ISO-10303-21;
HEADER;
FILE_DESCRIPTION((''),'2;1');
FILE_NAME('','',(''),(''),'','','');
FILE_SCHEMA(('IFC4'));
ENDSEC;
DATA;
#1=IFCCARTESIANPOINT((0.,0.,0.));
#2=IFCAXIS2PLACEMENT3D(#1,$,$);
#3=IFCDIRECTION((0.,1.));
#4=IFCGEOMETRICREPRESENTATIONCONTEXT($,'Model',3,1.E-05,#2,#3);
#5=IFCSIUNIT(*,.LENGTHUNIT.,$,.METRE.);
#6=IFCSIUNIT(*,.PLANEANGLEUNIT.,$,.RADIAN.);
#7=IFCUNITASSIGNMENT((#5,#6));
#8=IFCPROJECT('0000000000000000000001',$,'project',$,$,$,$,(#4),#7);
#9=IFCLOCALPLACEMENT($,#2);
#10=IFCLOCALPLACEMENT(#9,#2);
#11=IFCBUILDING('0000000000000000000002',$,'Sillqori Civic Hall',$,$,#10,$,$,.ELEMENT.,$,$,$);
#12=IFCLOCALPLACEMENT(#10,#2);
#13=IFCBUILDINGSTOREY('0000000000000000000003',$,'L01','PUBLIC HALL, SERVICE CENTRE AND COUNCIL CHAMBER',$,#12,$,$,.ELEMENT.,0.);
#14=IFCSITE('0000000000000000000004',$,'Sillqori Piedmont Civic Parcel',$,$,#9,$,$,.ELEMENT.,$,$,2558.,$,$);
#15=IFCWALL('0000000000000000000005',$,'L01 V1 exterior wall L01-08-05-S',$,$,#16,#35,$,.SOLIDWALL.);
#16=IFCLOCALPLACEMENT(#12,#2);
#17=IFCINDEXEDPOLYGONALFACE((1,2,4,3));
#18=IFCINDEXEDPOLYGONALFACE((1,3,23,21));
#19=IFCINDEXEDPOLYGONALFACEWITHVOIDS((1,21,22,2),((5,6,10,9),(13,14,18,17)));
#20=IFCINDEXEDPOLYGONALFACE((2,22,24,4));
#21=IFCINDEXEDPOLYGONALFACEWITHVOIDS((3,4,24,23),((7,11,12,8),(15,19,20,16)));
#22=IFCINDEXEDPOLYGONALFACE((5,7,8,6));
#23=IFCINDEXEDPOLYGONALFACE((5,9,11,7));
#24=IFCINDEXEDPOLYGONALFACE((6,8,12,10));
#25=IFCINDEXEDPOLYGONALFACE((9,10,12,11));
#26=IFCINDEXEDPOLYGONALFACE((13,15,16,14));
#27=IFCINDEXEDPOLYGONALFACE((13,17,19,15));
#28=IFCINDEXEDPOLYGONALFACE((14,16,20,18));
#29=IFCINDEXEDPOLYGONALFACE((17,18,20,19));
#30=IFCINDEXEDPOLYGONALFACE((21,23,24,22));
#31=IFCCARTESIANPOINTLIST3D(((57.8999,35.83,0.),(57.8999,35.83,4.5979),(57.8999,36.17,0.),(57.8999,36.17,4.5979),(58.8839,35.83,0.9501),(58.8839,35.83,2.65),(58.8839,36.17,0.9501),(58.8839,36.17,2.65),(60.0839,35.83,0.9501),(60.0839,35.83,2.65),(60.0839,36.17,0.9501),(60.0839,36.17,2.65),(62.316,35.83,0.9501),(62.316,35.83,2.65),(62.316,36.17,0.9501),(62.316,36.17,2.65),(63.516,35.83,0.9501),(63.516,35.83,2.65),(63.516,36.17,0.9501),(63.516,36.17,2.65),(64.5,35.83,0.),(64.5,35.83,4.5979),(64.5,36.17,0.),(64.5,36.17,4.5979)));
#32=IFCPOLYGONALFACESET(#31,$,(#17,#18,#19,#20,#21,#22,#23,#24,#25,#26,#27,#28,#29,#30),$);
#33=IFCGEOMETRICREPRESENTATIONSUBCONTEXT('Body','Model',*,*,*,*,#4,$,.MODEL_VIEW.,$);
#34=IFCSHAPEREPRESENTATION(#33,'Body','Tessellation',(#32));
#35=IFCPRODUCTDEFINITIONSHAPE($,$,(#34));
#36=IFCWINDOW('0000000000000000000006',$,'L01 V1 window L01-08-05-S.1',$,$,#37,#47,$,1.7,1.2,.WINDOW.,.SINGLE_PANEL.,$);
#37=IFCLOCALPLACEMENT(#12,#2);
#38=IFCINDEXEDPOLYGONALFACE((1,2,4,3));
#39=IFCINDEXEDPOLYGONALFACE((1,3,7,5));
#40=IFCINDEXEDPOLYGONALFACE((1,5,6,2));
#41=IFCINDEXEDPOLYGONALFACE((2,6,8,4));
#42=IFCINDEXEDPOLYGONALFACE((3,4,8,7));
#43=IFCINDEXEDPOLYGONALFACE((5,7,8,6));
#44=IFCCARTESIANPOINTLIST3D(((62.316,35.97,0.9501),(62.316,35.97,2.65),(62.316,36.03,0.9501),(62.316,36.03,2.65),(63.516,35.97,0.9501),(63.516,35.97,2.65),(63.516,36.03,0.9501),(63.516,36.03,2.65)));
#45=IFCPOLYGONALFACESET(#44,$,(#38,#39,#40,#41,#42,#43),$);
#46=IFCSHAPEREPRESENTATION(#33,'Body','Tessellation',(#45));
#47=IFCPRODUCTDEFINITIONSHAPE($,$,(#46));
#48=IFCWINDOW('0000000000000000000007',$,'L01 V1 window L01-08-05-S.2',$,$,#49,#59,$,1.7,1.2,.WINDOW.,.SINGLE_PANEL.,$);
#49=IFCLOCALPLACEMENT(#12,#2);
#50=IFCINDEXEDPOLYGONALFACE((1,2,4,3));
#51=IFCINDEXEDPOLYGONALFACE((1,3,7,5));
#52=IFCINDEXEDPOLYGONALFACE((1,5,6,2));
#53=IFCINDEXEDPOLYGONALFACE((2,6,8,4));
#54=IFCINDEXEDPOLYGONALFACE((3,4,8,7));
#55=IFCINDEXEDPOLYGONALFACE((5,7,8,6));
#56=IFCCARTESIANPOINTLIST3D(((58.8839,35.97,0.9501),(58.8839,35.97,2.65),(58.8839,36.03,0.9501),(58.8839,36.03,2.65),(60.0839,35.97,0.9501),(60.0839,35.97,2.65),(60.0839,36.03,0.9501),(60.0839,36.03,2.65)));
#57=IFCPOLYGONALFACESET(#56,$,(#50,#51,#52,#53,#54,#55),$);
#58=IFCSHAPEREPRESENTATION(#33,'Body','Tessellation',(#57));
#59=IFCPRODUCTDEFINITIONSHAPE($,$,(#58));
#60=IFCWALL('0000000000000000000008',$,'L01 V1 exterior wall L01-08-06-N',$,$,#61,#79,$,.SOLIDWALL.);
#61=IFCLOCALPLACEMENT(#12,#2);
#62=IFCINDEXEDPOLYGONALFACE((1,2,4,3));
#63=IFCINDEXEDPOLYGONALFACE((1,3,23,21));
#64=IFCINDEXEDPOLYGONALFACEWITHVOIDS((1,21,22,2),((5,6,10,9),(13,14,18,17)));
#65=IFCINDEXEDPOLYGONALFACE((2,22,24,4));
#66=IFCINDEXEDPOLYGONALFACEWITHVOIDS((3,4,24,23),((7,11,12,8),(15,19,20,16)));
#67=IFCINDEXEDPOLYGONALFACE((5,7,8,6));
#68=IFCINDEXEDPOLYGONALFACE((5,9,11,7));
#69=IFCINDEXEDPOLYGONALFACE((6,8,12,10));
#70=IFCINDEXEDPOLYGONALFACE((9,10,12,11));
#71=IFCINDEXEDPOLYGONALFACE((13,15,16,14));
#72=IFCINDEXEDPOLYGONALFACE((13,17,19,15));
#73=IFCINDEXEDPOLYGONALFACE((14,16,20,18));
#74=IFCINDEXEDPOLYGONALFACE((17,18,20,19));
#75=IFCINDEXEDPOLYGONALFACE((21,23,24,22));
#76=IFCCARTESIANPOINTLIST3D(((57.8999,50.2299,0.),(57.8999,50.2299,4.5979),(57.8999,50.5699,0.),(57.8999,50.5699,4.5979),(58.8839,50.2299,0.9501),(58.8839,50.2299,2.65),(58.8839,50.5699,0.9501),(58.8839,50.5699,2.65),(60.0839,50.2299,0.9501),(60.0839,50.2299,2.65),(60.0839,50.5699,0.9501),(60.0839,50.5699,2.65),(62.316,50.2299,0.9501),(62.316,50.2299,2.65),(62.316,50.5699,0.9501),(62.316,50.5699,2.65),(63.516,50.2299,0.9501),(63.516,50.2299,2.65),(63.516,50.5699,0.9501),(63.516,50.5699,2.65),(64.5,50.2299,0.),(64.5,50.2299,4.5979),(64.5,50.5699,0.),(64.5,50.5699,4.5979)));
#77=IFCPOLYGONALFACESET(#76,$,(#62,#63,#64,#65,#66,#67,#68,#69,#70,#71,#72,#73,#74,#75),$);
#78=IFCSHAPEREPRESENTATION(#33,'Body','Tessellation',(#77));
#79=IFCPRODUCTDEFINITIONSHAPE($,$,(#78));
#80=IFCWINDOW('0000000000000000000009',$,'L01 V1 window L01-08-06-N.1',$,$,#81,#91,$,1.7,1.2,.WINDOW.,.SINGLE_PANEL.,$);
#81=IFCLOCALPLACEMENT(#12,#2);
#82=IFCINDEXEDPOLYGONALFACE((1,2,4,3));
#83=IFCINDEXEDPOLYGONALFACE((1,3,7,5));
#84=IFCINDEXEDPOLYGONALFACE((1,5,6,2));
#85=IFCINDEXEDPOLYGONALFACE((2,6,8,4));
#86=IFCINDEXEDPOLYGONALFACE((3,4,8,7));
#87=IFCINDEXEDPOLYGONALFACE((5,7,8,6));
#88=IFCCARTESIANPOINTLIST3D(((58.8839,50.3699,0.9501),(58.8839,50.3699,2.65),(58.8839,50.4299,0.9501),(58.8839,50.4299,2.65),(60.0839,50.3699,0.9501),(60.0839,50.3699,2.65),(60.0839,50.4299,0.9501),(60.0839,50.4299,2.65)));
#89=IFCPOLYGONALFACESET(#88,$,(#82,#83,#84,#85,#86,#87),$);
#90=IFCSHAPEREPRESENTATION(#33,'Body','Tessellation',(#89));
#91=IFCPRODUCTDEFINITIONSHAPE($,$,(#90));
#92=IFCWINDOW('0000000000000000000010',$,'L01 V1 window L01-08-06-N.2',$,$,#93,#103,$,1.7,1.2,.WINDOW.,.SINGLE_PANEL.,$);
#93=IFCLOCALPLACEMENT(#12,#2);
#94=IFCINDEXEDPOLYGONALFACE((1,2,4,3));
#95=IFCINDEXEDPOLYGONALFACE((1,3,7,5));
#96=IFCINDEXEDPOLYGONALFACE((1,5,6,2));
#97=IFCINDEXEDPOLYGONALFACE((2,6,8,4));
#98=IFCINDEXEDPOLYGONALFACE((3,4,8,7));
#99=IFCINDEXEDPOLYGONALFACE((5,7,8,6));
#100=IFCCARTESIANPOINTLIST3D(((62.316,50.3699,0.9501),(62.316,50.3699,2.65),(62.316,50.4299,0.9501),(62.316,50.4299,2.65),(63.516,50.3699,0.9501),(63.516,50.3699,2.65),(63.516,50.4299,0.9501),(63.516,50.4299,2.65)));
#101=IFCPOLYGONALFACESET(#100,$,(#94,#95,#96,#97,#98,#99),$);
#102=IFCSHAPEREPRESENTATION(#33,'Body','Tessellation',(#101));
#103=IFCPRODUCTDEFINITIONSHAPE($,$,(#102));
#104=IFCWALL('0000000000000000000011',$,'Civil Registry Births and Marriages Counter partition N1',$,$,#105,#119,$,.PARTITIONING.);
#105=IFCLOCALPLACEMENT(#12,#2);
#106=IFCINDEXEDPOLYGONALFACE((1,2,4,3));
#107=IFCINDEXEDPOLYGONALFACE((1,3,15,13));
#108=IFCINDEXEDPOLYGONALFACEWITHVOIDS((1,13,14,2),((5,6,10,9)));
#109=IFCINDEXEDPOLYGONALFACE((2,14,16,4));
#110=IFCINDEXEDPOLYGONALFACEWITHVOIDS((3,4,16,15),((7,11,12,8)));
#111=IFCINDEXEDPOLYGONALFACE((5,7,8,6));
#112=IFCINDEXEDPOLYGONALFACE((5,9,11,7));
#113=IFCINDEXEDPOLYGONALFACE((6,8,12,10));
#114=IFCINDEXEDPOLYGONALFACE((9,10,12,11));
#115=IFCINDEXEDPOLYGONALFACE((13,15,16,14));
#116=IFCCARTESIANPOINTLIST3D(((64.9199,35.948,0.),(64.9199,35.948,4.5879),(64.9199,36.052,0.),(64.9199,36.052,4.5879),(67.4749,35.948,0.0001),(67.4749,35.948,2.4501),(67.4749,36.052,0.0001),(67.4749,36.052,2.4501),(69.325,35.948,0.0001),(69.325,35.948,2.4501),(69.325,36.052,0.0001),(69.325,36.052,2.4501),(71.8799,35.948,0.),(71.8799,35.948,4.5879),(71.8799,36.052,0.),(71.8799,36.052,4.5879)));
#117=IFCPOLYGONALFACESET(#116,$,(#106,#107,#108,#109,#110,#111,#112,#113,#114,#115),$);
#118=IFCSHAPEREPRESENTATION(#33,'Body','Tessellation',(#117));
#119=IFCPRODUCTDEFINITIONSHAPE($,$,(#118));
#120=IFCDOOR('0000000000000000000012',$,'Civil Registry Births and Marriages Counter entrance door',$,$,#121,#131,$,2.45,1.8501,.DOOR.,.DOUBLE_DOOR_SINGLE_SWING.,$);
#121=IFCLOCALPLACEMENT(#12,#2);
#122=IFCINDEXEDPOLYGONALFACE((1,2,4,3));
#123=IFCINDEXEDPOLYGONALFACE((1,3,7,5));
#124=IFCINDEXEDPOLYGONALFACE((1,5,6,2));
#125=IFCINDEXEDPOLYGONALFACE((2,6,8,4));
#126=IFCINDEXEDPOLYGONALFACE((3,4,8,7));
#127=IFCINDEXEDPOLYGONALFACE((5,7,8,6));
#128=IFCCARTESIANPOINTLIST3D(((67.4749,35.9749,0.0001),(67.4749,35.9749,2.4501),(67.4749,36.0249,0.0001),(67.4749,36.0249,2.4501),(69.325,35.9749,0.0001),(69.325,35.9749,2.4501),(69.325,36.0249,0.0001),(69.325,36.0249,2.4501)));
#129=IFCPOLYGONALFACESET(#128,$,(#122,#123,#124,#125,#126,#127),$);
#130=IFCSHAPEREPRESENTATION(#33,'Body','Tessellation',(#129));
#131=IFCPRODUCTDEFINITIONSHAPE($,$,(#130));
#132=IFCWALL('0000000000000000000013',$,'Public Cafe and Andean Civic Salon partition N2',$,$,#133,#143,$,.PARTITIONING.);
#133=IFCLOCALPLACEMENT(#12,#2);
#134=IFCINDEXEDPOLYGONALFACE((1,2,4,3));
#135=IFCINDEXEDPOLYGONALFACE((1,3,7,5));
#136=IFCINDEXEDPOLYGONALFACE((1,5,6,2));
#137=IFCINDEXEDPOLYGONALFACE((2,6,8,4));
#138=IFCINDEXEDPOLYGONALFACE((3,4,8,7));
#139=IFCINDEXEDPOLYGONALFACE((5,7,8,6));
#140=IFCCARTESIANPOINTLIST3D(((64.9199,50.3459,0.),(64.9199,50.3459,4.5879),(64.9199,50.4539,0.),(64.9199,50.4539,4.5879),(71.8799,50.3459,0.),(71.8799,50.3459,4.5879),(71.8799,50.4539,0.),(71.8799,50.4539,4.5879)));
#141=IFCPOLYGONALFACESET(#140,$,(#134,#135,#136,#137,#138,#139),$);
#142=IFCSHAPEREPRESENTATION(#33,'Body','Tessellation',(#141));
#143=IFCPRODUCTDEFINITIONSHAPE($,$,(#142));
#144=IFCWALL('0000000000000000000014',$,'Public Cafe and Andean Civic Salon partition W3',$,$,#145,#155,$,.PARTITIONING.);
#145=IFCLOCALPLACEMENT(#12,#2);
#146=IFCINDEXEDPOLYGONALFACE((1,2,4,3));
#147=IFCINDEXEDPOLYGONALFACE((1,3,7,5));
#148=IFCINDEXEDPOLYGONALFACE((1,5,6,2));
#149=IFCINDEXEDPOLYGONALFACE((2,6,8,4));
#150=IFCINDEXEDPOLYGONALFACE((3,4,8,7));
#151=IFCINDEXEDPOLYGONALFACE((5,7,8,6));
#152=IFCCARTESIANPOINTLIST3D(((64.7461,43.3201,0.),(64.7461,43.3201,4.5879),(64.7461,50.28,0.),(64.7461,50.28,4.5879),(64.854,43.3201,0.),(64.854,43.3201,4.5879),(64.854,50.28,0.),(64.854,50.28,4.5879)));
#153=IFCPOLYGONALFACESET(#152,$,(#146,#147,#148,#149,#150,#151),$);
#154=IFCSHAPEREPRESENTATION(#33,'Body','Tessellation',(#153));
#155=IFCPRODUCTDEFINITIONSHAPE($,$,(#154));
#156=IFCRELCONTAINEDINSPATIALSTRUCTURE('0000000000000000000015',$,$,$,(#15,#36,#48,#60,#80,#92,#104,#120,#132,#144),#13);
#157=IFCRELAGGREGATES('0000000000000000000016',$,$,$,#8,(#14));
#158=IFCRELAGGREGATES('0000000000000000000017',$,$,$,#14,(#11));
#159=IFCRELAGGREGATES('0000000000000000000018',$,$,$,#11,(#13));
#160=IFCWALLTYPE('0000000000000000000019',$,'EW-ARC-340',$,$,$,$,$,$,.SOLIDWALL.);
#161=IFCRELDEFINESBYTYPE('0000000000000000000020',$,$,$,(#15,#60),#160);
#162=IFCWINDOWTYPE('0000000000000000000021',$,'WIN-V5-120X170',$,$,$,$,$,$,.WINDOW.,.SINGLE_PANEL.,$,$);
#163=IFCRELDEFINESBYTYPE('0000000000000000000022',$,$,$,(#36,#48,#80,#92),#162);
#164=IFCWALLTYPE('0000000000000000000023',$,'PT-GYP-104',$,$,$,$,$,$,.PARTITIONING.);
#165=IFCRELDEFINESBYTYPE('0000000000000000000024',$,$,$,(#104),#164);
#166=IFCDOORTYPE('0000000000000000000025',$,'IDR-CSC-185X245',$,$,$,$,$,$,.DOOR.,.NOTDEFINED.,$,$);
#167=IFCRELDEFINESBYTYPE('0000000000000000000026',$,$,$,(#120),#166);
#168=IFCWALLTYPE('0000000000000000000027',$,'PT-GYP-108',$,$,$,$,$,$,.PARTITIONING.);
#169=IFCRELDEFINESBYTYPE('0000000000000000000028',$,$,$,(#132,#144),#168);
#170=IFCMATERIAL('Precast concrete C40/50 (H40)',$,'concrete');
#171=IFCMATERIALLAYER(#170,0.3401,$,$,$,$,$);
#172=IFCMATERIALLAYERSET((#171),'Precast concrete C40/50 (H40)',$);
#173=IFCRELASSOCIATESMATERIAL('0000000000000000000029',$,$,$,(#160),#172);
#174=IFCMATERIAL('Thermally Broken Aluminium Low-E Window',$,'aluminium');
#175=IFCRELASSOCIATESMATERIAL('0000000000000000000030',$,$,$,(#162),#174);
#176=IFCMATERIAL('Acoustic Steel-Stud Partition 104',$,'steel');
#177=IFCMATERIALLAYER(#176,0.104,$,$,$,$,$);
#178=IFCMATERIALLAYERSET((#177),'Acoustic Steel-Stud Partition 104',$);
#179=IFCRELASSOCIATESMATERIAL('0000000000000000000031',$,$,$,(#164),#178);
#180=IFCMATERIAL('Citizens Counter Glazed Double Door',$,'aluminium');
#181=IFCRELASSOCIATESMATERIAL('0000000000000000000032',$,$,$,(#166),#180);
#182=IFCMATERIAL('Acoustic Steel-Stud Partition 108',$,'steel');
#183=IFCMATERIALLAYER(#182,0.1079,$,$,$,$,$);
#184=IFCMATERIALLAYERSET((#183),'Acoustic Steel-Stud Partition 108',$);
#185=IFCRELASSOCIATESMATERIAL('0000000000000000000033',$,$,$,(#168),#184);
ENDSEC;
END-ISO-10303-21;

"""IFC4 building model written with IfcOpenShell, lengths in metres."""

from ifc_helpers import new_model, si_unit, direction, frame, frame_2d, origin, place, context, subcontext, project, spatial, rectangle, extrude, material, layer, layer_set, type_object, element, fill, save


model = new_model("IFC4")

# Units and contexts
model_context = context("Model", 3, precision=1e-05, world=origin(), true_north=direction((0.0, 1.0)))
body_context = subcontext(model_context, "Body", "Model", "MODEL_VIEW")
ifc_project = project(units=[si_unit("LENGTHUNIT", "METRE"), si_unit("PLANEANGLEUNIT", "RADIAN")], contexts=[model_context])

# Site, building, storey
site_placement = place(None, origin())
site = spatial("IfcSite", under=ifc_project, at=site_placement, Name="Sillqori Piedmont Civic Parcel", CompositionType="ELEMENT", RefElevation=2558.0)
building_placement = place(site_placement, origin())
building = spatial("IfcBuilding", under=site, at=building_placement, Name="Sillqori Civic Hall", CompositionType="ELEMENT")
storey_placement = place(building_placement, origin())
storey = spatial("IfcBuildingStorey", under=building, at=storey_placement, Name="L01", Description="PUBLIC HALL, SERVICE CENTRE AND COUNCIL CHAMBER", CompositionType="ELEMENT", Elevation=0.0)

# Walls, openings, windows
ifc_material_1 = material(Name="Precast concrete C40/50 (H40)", Category="concrete")
ifc_layer_1 = layer(ifc_material_1, 0.3401)
ifc_layer_set_1 = layer_set([ifc_layer_1], Name="Precast concrete C40/50 (H40)")
wall_type_1 = type_object("IfcWallType", Name="EW-ARC-340", PredefinedType="SOLIDWALL", material=ifc_layer_set_1)
wall_1_placement = place(storey_placement, frame((64.5, 36.0, 0.0), z_axis=(0.0, 0.0, 1.0), x_axis=(-1.0, 0.0, 0.0)))
wall_1 = element("IfcWall", 1, at=wall_1_placement, inside=storey, type_object=wall_type_1, Name="L01 V1 exterior wall L01-08-05-S", PredefinedType="SOLIDWALL", context=body_context, shape_type="SweptSolid", body=[
    extrude(rectangle(XDim=6.6001, YDim=0.3401, at=frame_2d((3.3, 0.0))), origin(), (0.0, 0.0, 1.0), 4.5979),
])
opening_1_placement = place(wall_1_placement, frame((0.9839, 0.0, 0.95)))
opening_1 = element("IfcOpeningElement", 2, at=opening_1_placement, cuts=wall_1, PredefinedType="OPENING", context=body_context, shape_type="SweptSolid", body=[
    extrude(rectangle(XDim=1.2, YDim=1.7, at=frame_2d((0.6001, 0.8501))), frame((0.0, 0.1799, 0.0), z_axis=(0.0, -1.0, 0.0), x_axis=(1.0, 0.0, 0.0)), (0.0, 0.0, 1.0), 0.3601),
])
opening_2_placement = place(wall_1_placement, frame((4.416, 0.0, 0.95)))
opening_2 = element("IfcOpeningElement", 3, at=opening_2_placement, cuts=wall_1, PredefinedType="OPENING", context=body_context, shape_type="SweptSolid", body=[
    extrude(rectangle(XDim=1.2, YDim=1.7, at=frame_2d((0.6001, 0.8501))), frame((0.0, 0.1799, 0.0), z_axis=(0.0, -1.0, 0.0), x_axis=(1.0, 0.0, 0.0)), (0.0, 0.0, 1.0), 0.3601),
])
ifc_material_2 = material(Name="Thermally Broken Aluminium Low-E Window", Category="aluminium")
window_type = type_object("IfcWindowType", Name="WIN-V5-120X170", PartitioningType="SINGLE_PANEL", PredefinedType="WINDOW", material=ifc_material_2)
window_1_placement = place(opening_1_placement, origin())
window_1 = element("IfcWindow", 4, at=window_1_placement, inside=storey, type_object=window_type, Name="L01 V1 window L01-08-05-S.1", OverallHeight=1.7, OverallWidth=1.2, PartitioningType="SINGLE_PANEL", PredefinedType="WINDOW", context=body_context, shape_type="SweptSolid", body=[
    extrude(rectangle(XDim=1.2, YDim=1.7, at=frame_2d((0.6001, 0.8501))), frame((0.0, 0.03, 0.0), z_axis=(0.0, -1.0, 0.0), x_axis=(1.0, 0.0, 0.0)), (0.0, 0.0, 1.0), 0.0601),
])
fill(opening_1, window_1)
window_2_placement = place(opening_2_placement, origin())
window_2 = element("IfcWindow", 5, at=window_2_placement, inside=storey, type_object=window_type, Name="L01 V1 window L01-08-05-S.2", OverallHeight=1.7, OverallWidth=1.2, PartitioningType="SINGLE_PANEL", PredefinedType="WINDOW", context=body_context, shape_type="SweptSolid", body=[
    extrude(rectangle(XDim=1.2, YDim=1.7, at=frame_2d((0.6001, 0.8501))), frame((0.0, 0.03, 0.0), z_axis=(0.0, -1.0, 0.0), x_axis=(1.0, 0.0, 0.0)), (0.0, 0.0, 1.0), 0.0601),
])
fill(opening_2, window_2)
wall_2_placement = place(storey_placement, frame((57.8999, 50.3999, 0.0), z_axis=(0.0, 0.0, 1.0), x_axis=(1.0, 0.0, 0.0)))
wall_2 = element("IfcWall", 6, at=wall_2_placement, inside=storey, type_object=wall_type_1, Name="L01 V1 exterior wall L01-08-06-N", PredefinedType="SOLIDWALL", context=body_context, shape_type="SweptSolid", body=[
    extrude(rectangle(XDim=6.6001, YDim=0.3401, at=frame_2d((3.3, 0.0))), origin(), (0.0, 0.0, 1.0), 4.5979),
])
opening_3_placement = place(wall_2_placement, frame((0.9839, 0.0, 0.95)))
opening_3 = element("IfcOpeningElement", 7, at=opening_3_placement, cuts=wall_2, PredefinedType="OPENING", context=body_context, shape_type="SweptSolid", body=[
    extrude(rectangle(XDim=1.2, YDim=1.7, at=frame_2d((0.6001, 0.8501))), frame((0.0, 0.1799, 0.0), z_axis=(0.0, -1.0, 0.0), x_axis=(1.0, 0.0, 0.0)), (0.0, 0.0, 1.0), 0.3601),
])
opening_4_placement = place(wall_2_placement, frame((4.416, 0.0, 0.95)))
opening_4 = element("IfcOpeningElement", 8, at=opening_4_placement, cuts=wall_2, PredefinedType="OPENING", context=body_context, shape_type="SweptSolid", body=[
    extrude(rectangle(XDim=1.2, YDim=1.7, at=frame_2d((0.6001, 0.8501))), frame((0.0, 0.1799, 0.0), z_axis=(0.0, -1.0, 0.0), x_axis=(1.0, 0.0, 0.0)), (0.0, 0.0, 1.0), 0.3601),
])
window_3_placement = place(opening_3_placement, origin())
window_3 = element("IfcWindow", 9, at=window_3_placement, inside=storey, type_object=window_type, Name="L01 V1 window L01-08-06-N.1", OverallHeight=1.7, OverallWidth=1.2, PartitioningType="SINGLE_PANEL", PredefinedType="WINDOW", context=body_context, shape_type="SweptSolid", body=[
    extrude(rectangle(XDim=1.2, YDim=1.7, at=frame_2d((0.6001, 0.8501))), frame((0.0, 0.03, 0.0), z_axis=(0.0, -1.0, 0.0), x_axis=(1.0, 0.0, 0.0)), (0.0, 0.0, 1.0), 0.0601),
])
fill(opening_3, window_3)
window_4_placement = place(opening_4_placement, origin())
window_4 = element("IfcWindow", 10, at=window_4_placement, inside=storey, type_object=window_type, Name="L01 V1 window L01-08-06-N.2", OverallHeight=1.7, OverallWidth=1.2, PartitioningType="SINGLE_PANEL", PredefinedType="WINDOW", context=body_context, shape_type="SweptSolid", body=[
    extrude(rectangle(XDim=1.2, YDim=1.7, at=frame_2d((0.6001, 0.8501))), frame((0.0, 0.03, 0.0), z_axis=(0.0, -1.0, 0.0), x_axis=(1.0, 0.0, 0.0)), (0.0, 0.0, 1.0), 0.0601),
])
fill(opening_4, window_4)

# Wall, opening, door
ifc_material_3 = material(Name="Acoustic Steel-Stud Partition 104", Category="steel")
ifc_layer_2 = layer(ifc_material_3, 0.104)
ifc_layer_set_2 = layer_set([ifc_layer_2], Name="Acoustic Steel-Stud Partition 104")
wall_type_2 = type_object("IfcWallType", Name="PT-GYP-104", PredefinedType="PARTITIONING", material=ifc_layer_set_2)
wall_3_placement = place(storey_placement, frame((64.9199, 36.0, 0.0), z_axis=(0.0, 0.0, 1.0), x_axis=(1.0, 0.0, 0.0)))
wall_3 = element("IfcWall", 11, at=wall_3_placement, inside=storey, type_object=wall_type_2, Name="Civil Registry Births and Marriages Counter partition N1", PredefinedType="PARTITIONING", context=body_context, shape_type="SweptSolid", body=[
    extrude(rectangle(XDim=6.96, YDim=0.104, at=frame_2d((3.48, 0.0))), origin(), (0.0, 0.0, 1.0), 4.5879),
])
opening_5_placement = place(wall_3_placement, frame((2.5549, 0.0, 0.0)))
opening_5 = element("IfcOpeningElement", 12, at=opening_5_placement, cuts=wall_3, PredefinedType="OPENING", context=body_context, shape_type="SweptSolid", body=[
    extrude(rectangle(XDim=1.8501, YDim=2.45, at=frame_2d((0.925, 1.2251))), frame((0.0, 0.062, 0.0), z_axis=(0.0, -1.0, 0.0), x_axis=(1.0, 0.0, 0.0)), (0.0, 0.0, 1.0), 0.124),
])
ifc_material_4 = material(Name="Citizens Counter Glazed Double Door", Category="aluminium")
door_type = type_object("IfcDoorType", Name="IDR-CSC-185X245", OperationType="NOTDEFINED", PredefinedType="DOOR", material=ifc_material_4)
door_placement = place(opening_5_placement, origin())
door = element("IfcDoor", 13, at=door_placement, inside=storey, type_object=door_type, Name="Civil Registry Births and Marriages Counter entrance door", OperationType="DOUBLE_DOOR_SINGLE_SWING", OverallHeight=2.45, OverallWidth=1.8501, PredefinedType="DOOR", context=body_context, shape_type="SweptSolid", body=[
    extrude(rectangle(XDim=1.8501, YDim=2.45, at=frame_2d((0.925, 1.2251))), frame((0.0, 0.0249, 0.0), z_axis=(0.0, -1.0, 0.0), x_axis=(1.0, 0.0, 0.0)), (0.0, 0.0, 1.0), 0.05),
])
fill(opening_5, door)

# Walls
ifc_material_5 = material(Name="Acoustic Steel-Stud Partition 108", Category="steel")
ifc_layer_3 = layer(ifc_material_5, 0.1079)
ifc_layer_set_3 = layer_set([ifc_layer_3], Name="Acoustic Steel-Stud Partition 108")
wall_type_3 = type_object("IfcWallType", Name="PT-GYP-108", PredefinedType="PARTITIONING", material=ifc_layer_set_3)
for number, where, z_axis, x_axis, name in (
    (14, (64.9199, 50.3999, 0.0), (0.0, 0.0, 1.0), (1.0, 0.0, 0.0), "Public Cafe and Andean Civic Salon partition N2"),
    (15, (64.8, 43.3201, 0.0), (0.0, 0.0, 1.0), (0.0, 1.0, 0.0), "Public Cafe and Andean Civic Salon partition W3"),
):
    element("IfcWall", number, at=place(storey_placement, frame(where, z_axis=z_axis, x_axis=x_axis)), inside=storey, type_object=wall_type_3, Name=name, PredefinedType="PARTITIONING", context=body_context, shape_type="SweptSolid", body=[
        extrude(rectangle(XDim=6.96, YDim=0.1079, at=frame_2d((3.48, 0.0))), origin(), (0.0, 0.0, 1.0), 4.5879),
    ])

save(model, "model.ifc")
